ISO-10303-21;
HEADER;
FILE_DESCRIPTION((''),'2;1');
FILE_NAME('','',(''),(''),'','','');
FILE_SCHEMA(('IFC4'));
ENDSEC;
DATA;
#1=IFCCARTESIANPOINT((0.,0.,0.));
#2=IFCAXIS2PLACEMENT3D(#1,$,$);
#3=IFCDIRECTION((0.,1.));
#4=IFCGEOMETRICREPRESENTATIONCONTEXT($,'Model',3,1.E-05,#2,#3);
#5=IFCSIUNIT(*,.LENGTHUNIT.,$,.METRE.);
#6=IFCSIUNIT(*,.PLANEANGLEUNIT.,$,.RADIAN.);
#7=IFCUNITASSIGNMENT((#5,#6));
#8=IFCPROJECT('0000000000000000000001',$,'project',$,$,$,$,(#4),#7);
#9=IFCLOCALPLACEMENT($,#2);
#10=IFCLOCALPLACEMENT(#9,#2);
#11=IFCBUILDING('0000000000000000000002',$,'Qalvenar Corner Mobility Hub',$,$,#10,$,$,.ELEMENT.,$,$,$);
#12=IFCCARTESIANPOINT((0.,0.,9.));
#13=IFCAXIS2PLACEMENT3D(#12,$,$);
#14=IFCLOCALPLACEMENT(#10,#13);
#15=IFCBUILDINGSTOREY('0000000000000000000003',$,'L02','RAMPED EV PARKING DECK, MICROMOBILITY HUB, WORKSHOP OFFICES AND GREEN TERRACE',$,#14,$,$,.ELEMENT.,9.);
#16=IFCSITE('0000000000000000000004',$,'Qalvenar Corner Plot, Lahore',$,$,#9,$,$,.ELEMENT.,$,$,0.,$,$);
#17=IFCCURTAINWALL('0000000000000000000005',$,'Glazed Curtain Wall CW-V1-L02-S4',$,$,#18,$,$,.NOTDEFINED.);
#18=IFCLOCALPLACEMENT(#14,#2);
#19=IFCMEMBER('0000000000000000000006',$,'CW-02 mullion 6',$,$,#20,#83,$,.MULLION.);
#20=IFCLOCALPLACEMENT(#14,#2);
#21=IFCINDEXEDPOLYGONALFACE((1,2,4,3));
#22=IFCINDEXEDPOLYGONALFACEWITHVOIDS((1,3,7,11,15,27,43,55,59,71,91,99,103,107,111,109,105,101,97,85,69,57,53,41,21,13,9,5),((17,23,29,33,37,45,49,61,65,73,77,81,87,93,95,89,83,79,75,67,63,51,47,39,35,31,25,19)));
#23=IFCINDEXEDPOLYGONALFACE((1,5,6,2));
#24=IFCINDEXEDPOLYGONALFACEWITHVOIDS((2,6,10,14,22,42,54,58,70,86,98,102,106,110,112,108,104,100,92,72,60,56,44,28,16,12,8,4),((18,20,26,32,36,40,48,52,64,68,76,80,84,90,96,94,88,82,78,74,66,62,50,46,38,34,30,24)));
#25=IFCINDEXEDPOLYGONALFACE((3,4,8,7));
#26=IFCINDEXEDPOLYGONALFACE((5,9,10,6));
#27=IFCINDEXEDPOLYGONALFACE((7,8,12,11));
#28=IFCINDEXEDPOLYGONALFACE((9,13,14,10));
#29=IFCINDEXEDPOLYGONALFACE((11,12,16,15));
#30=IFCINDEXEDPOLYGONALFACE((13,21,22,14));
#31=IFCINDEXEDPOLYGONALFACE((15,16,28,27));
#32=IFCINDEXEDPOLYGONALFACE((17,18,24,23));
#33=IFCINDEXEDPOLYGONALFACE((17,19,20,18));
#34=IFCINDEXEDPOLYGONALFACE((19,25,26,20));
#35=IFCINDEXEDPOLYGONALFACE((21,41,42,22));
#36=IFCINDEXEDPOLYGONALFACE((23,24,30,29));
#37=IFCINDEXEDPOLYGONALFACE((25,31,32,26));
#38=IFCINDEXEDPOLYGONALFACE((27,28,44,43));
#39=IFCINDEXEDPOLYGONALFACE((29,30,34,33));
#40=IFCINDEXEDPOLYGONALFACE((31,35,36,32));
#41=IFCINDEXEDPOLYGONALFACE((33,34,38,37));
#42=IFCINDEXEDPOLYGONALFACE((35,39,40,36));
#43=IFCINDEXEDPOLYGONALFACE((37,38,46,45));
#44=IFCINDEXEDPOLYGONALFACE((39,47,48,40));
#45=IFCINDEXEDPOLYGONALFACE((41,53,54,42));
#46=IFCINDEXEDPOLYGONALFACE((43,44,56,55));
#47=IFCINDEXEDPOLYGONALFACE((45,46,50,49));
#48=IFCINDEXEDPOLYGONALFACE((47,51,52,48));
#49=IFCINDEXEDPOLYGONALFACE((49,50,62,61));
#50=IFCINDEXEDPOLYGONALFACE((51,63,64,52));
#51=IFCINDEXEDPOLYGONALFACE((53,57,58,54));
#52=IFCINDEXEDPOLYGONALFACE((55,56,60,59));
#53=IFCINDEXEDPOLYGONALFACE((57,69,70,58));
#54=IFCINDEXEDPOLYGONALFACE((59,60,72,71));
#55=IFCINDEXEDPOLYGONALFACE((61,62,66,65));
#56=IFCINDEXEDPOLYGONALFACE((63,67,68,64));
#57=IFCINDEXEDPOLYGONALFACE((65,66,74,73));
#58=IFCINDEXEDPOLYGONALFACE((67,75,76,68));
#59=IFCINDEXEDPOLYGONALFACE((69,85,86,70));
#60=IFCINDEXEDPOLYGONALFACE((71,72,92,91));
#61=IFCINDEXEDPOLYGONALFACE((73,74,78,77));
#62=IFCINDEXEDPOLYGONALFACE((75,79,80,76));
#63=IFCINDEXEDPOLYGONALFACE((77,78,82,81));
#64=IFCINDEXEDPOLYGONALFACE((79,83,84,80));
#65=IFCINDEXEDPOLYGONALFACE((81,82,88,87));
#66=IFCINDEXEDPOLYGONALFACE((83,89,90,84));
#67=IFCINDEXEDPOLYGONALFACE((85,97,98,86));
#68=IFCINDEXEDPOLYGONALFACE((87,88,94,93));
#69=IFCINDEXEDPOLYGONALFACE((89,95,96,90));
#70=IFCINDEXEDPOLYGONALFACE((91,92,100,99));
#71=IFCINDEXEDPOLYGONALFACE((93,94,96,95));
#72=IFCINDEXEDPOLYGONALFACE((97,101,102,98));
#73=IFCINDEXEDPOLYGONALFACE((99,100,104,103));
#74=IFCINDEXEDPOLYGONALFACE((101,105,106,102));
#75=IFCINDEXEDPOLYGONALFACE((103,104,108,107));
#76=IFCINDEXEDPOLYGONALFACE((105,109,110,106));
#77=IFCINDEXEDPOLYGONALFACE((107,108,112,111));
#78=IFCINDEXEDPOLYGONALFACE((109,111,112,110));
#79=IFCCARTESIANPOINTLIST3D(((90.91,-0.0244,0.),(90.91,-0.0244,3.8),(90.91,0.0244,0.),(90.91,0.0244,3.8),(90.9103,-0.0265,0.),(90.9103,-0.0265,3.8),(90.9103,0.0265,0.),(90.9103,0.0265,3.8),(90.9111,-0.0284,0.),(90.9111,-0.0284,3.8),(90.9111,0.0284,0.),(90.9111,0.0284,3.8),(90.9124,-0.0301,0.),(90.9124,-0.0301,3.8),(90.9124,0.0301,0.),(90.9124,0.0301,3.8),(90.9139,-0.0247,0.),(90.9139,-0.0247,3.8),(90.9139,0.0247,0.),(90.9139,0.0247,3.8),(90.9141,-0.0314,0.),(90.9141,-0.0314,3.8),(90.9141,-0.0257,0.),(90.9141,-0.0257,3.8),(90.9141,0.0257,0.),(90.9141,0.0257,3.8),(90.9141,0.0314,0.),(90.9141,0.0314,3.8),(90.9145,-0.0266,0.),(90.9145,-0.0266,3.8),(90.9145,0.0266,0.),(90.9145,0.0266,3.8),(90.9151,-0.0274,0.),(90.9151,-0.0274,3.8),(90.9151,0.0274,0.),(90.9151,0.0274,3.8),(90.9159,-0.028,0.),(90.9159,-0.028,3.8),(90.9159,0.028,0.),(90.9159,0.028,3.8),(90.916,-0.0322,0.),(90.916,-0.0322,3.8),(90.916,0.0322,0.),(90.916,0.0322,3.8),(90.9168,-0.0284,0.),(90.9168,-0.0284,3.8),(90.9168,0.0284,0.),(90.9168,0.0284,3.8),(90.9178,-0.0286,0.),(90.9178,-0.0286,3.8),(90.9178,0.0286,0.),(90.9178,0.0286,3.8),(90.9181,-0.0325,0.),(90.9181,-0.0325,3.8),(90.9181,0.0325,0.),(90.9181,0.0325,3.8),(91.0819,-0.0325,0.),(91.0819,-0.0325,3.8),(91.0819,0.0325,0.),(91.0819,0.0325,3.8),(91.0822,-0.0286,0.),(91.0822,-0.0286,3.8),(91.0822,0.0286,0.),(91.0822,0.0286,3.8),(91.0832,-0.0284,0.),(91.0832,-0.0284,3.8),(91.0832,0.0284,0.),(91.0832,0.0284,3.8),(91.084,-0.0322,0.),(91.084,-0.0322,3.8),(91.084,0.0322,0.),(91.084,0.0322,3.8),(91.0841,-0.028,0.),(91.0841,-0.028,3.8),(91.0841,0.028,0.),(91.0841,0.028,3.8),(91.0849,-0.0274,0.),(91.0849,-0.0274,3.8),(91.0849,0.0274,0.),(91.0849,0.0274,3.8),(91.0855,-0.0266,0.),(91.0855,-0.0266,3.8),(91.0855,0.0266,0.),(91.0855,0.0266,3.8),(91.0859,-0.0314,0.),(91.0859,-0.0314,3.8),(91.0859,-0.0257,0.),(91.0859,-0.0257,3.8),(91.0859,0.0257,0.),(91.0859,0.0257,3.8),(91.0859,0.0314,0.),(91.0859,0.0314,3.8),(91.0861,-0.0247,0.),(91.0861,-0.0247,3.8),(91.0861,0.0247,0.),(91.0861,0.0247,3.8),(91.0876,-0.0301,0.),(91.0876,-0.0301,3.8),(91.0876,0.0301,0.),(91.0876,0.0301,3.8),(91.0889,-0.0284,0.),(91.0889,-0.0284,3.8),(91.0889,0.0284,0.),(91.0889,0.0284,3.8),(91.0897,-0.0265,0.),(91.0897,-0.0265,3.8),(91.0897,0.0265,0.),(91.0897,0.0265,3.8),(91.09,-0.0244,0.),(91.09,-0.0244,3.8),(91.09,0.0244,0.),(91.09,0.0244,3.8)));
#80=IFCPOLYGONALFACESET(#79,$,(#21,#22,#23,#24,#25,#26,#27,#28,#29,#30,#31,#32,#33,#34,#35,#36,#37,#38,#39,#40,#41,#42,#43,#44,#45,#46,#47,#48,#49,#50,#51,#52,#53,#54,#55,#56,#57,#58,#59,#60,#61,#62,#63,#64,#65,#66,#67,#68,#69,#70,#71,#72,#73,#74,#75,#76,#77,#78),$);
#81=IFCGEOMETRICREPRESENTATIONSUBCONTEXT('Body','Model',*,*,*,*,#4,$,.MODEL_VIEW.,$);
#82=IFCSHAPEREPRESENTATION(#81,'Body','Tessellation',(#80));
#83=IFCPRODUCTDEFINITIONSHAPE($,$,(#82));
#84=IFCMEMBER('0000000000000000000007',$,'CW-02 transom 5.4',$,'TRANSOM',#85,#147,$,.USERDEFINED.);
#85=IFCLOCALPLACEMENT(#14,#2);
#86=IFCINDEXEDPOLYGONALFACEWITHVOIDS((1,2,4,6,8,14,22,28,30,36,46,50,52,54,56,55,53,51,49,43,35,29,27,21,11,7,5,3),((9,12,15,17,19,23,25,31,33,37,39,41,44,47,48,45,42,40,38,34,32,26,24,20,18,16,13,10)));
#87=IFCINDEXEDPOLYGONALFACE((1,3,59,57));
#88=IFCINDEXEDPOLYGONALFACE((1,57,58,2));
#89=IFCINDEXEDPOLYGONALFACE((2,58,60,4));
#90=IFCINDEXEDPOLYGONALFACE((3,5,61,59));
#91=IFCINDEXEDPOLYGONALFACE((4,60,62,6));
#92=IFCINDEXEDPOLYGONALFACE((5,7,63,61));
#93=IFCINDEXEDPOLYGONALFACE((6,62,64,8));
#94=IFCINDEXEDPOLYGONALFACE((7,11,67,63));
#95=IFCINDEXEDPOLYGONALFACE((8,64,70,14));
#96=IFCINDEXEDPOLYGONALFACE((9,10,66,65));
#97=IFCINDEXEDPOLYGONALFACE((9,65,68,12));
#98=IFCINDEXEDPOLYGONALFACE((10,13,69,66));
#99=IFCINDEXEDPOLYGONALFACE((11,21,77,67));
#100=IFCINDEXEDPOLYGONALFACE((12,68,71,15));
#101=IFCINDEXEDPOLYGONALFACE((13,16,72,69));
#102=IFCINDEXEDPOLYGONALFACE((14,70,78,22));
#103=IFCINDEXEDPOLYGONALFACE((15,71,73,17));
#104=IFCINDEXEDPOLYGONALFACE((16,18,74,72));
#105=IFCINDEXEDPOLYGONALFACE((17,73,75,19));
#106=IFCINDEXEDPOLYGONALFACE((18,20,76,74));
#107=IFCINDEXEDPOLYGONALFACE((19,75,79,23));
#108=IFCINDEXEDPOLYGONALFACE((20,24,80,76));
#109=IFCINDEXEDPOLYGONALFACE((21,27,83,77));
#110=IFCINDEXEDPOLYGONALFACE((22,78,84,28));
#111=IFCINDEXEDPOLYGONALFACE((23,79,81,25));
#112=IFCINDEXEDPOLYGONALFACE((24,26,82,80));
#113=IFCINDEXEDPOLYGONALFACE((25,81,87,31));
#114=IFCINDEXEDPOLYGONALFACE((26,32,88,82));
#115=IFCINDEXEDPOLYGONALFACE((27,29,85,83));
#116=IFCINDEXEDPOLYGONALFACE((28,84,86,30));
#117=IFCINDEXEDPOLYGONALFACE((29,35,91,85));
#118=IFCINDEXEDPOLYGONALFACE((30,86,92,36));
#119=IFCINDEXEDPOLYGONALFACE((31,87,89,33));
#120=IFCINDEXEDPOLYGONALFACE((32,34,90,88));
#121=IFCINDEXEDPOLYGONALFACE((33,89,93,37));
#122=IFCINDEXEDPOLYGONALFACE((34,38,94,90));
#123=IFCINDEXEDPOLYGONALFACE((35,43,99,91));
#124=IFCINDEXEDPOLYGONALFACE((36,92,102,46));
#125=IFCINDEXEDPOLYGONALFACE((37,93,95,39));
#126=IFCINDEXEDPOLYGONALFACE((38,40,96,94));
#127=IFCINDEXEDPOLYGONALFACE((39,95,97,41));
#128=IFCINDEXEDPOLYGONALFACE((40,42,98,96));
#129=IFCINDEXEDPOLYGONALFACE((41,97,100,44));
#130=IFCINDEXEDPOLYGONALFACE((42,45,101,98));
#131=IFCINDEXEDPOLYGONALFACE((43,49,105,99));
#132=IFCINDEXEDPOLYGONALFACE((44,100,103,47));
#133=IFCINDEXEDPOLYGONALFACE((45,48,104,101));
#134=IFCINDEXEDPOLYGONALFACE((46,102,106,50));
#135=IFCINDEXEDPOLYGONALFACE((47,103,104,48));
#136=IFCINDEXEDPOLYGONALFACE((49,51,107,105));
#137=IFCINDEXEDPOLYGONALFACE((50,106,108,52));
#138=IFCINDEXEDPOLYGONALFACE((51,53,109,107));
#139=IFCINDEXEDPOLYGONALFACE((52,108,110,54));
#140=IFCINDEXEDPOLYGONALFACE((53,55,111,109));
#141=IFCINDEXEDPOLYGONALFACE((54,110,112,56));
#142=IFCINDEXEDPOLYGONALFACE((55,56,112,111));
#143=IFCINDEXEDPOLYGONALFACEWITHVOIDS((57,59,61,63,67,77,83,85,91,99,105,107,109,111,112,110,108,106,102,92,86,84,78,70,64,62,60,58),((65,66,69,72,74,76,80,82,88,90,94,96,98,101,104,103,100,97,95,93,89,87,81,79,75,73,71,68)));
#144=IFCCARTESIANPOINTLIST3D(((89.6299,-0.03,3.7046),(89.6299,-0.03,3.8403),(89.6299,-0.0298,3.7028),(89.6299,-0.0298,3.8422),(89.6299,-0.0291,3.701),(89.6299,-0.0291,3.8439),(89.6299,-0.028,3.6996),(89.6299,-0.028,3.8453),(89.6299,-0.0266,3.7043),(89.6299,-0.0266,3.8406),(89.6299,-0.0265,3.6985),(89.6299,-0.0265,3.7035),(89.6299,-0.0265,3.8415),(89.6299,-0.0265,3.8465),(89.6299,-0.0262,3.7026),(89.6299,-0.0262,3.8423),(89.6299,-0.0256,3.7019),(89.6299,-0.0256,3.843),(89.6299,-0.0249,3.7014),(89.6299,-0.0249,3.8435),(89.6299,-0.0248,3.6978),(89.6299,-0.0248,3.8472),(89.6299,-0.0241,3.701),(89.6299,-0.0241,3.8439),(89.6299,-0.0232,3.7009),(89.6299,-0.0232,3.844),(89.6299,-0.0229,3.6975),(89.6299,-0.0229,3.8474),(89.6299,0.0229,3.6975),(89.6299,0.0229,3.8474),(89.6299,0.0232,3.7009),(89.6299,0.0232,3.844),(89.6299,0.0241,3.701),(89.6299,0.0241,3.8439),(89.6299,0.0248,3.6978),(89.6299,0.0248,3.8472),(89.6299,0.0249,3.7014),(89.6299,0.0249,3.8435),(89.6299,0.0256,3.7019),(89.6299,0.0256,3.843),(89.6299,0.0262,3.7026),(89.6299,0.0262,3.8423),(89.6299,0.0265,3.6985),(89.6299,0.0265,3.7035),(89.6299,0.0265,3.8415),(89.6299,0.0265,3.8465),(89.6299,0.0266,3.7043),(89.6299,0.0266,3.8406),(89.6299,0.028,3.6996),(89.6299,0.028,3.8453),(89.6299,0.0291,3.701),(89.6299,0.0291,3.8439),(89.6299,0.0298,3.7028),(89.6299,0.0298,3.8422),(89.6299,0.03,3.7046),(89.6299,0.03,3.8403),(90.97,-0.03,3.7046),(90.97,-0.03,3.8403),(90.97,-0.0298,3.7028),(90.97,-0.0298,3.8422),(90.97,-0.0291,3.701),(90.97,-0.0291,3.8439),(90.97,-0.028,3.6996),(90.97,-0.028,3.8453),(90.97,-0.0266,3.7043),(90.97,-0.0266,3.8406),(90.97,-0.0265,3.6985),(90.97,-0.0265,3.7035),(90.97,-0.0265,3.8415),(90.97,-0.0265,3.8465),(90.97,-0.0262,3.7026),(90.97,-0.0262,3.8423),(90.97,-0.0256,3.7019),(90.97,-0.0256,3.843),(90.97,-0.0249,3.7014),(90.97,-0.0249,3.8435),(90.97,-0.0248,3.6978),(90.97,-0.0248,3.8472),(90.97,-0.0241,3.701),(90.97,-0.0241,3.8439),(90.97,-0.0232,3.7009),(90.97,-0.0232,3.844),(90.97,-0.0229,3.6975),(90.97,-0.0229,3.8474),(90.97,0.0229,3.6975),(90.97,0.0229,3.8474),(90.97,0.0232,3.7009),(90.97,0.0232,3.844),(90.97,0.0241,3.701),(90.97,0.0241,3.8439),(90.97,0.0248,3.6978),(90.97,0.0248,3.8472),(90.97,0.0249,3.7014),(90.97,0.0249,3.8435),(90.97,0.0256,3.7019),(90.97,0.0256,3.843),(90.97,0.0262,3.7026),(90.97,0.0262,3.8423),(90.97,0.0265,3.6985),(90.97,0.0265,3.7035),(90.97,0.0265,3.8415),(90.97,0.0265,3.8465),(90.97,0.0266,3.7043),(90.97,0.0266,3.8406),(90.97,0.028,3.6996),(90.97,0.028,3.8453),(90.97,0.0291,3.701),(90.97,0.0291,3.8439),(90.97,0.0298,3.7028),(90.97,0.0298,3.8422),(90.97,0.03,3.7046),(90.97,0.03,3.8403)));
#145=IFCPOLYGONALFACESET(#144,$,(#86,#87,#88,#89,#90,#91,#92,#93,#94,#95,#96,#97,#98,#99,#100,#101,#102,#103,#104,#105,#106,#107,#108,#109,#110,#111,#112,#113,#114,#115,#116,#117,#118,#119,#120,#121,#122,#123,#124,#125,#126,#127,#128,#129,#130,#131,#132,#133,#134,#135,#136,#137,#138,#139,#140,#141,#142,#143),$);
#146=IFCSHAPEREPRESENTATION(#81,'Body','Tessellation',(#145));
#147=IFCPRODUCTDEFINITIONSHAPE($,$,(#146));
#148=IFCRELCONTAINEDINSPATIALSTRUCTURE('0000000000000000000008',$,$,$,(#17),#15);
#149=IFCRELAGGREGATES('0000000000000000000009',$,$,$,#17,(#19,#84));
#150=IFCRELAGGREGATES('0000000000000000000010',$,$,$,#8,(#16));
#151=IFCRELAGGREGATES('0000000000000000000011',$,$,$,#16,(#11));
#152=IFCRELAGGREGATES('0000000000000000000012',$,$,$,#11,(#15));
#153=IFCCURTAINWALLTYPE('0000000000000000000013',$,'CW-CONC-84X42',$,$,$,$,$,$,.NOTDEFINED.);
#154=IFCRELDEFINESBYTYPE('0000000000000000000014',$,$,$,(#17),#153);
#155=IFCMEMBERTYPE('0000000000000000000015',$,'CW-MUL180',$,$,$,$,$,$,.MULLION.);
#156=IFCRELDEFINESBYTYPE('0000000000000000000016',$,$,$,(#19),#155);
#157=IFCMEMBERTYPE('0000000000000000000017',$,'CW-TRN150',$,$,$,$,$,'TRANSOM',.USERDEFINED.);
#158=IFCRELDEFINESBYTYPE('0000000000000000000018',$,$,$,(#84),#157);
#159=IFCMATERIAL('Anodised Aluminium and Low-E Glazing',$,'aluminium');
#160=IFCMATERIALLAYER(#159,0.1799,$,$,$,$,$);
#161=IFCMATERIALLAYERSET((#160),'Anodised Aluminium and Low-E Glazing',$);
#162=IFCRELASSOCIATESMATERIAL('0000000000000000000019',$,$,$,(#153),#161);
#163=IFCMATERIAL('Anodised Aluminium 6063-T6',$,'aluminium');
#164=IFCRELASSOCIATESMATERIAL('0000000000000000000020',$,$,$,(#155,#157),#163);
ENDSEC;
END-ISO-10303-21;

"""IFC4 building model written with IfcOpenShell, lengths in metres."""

from ifc_helpers import new_model, si_unit, direction, frame, origin, origin_2d, place, context, subcontext, project, spatial, hollow_rectangle, extrude, material, layer, layer_set, material_profile, profile_set, type_object, element, aggregate, save


model = new_model("IFC4")

# Units and contexts
model_context = context("Model", 3, precision=1e-05, world=origin(), true_north=direction((0.0, 1.0)))
body_context = subcontext(model_context, "Body", "Model", "MODEL_VIEW")
ifc_project = project(units=[si_unit("LENGTHUNIT", "METRE"), si_unit("PLANEANGLEUNIT", "RADIAN")], contexts=[model_context])

# Site, building, storey
site_placement = place(None, origin())
site = spatial("IfcSite", under=ifc_project, at=site_placement, Name="Qalvenar Corner Plot, Lahore", CompositionType="ELEMENT", RefElevation=0.0)
building_placement = place(site_placement, origin())
building = spatial("IfcBuilding", under=site, at=building_placement, Name="Qalvenar Corner Mobility Hub", CompositionType="ELEMENT")
storey_placement = place(building_placement, frame((0.0, 0.0, 9.0)))
storey = spatial("IfcBuildingStorey", under=building, at=storey_placement, Name="L02", Description="RAMPED EV PARKING DECK, MICROMOBILITY HUB, WORKSHOP OFFICES AND GREEN TERRACE", CompositionType="ELEMENT", Elevation=9.0)

# Curtain wall, members
ifc_material_1 = material(Name="Anodised Aluminium and Low-E Glazing", Category="aluminium")
ifc_layer_1 = layer(ifc_material_1, 0.1799)
ifc_layer_set_1 = layer_set([ifc_layer_1], Name="Anodised Aluminium and Low-E Glazing")
curtain_wall_type = type_object("IfcCurtainWallType", Name="CW-CONC-84X42", PredefinedType="NOTDEFINED", material=ifc_layer_set_1)
curtain_wall_placement = place(storey_placement, origin())
curtain_wall = element("IfcCurtainWall", 1, at=curtain_wall_placement, inside=storey, type_object=curtain_wall_type, Name="Glazed Curtain Wall CW-V1-L02-S4", PredefinedType="NOTDEFINED")
ifc_material_2 = material(Name="Anodised Aluminium 6063-T6", Category="aluminium")
ifc_material_profile_1 = material_profile(ifc_material_2, hollow_rectangle(XDim=0.0649, YDim=0.1799, WallThickness=0.0039, InnerFilletRadius=0.0039, OuterFilletRadius=0.0081, at=origin_2d()), Name="RHS180x65x4")
ifc_profile_set_1 = profile_set([ifc_material_profile_1], Name="Anodised Aluminium 6063-T6")
member_type_1 = type_object("IfcMemberType", Name="CW-MUL180", PredefinedType="MULLION", material=ifc_profile_set_1)
member_1_placement = place(storey_placement, frame((91.0, 0.0, 0.0), z_axis=(0.0, 0.0, 1.0), x_axis=(0.0, 1.0, 0.0)))
member_1 = element("IfcMember", 2, at=member_1_placement, type_object=member_type_1, Name="CW-02 mullion 6", PredefinedType="MULLION", context=body_context, shape_type="SweptSolid", body=[
    extrude(hollow_rectangle(XDim=0.0649, YDim=0.1799, WallThickness=0.0039, InnerFilletRadius=0.0039, OuterFilletRadius=0.0081, at=origin_2d()), origin(), (0.0, 0.0, 1.0), 3.8),
])
ifc_material_profile_2 = material_profile(ifc_material_2, hollow_rectangle(XDim=0.0601, YDim=0.1499, WallThickness=0.0034, InnerFilletRadius=0.0034, OuterFilletRadius=0.0071, at=origin_2d()), Name="RHS150x60x3.5")
ifc_profile_set_2 = profile_set([ifc_material_profile_2], Name="Anodised Aluminium 6063-T6")
member_type_2 = type_object("IfcMemberType", Name="CW-TRN150", ElementType="TRANSOM", PredefinedType="USERDEFINED", material=ifc_profile_set_2)
member_2_placement = place(storey_placement, frame((89.6299, 0.0, 3.7725), z_axis=(1.0, 0.0, 0.0), x_axis=(0.0, 1.0, 0.0)))
member_2 = element("IfcMember", 3, at=member_2_placement, type_object=member_type_2, Name="CW-02 transom 5.4", ObjectType="TRANSOM", PredefinedType="USERDEFINED", context=body_context, shape_type="SweptSolid", body=[
    extrude(hollow_rectangle(XDim=0.0601, YDim=0.1499, WallThickness=0.0034, InnerFilletRadius=0.0034, OuterFilletRadius=0.0071, at=origin_2d()), origin(), (0.0, 0.0, 1.0), 1.3401),
])

aggregate(curtain_wall, [member_1, member_2])

save(model, "model.ifc")
